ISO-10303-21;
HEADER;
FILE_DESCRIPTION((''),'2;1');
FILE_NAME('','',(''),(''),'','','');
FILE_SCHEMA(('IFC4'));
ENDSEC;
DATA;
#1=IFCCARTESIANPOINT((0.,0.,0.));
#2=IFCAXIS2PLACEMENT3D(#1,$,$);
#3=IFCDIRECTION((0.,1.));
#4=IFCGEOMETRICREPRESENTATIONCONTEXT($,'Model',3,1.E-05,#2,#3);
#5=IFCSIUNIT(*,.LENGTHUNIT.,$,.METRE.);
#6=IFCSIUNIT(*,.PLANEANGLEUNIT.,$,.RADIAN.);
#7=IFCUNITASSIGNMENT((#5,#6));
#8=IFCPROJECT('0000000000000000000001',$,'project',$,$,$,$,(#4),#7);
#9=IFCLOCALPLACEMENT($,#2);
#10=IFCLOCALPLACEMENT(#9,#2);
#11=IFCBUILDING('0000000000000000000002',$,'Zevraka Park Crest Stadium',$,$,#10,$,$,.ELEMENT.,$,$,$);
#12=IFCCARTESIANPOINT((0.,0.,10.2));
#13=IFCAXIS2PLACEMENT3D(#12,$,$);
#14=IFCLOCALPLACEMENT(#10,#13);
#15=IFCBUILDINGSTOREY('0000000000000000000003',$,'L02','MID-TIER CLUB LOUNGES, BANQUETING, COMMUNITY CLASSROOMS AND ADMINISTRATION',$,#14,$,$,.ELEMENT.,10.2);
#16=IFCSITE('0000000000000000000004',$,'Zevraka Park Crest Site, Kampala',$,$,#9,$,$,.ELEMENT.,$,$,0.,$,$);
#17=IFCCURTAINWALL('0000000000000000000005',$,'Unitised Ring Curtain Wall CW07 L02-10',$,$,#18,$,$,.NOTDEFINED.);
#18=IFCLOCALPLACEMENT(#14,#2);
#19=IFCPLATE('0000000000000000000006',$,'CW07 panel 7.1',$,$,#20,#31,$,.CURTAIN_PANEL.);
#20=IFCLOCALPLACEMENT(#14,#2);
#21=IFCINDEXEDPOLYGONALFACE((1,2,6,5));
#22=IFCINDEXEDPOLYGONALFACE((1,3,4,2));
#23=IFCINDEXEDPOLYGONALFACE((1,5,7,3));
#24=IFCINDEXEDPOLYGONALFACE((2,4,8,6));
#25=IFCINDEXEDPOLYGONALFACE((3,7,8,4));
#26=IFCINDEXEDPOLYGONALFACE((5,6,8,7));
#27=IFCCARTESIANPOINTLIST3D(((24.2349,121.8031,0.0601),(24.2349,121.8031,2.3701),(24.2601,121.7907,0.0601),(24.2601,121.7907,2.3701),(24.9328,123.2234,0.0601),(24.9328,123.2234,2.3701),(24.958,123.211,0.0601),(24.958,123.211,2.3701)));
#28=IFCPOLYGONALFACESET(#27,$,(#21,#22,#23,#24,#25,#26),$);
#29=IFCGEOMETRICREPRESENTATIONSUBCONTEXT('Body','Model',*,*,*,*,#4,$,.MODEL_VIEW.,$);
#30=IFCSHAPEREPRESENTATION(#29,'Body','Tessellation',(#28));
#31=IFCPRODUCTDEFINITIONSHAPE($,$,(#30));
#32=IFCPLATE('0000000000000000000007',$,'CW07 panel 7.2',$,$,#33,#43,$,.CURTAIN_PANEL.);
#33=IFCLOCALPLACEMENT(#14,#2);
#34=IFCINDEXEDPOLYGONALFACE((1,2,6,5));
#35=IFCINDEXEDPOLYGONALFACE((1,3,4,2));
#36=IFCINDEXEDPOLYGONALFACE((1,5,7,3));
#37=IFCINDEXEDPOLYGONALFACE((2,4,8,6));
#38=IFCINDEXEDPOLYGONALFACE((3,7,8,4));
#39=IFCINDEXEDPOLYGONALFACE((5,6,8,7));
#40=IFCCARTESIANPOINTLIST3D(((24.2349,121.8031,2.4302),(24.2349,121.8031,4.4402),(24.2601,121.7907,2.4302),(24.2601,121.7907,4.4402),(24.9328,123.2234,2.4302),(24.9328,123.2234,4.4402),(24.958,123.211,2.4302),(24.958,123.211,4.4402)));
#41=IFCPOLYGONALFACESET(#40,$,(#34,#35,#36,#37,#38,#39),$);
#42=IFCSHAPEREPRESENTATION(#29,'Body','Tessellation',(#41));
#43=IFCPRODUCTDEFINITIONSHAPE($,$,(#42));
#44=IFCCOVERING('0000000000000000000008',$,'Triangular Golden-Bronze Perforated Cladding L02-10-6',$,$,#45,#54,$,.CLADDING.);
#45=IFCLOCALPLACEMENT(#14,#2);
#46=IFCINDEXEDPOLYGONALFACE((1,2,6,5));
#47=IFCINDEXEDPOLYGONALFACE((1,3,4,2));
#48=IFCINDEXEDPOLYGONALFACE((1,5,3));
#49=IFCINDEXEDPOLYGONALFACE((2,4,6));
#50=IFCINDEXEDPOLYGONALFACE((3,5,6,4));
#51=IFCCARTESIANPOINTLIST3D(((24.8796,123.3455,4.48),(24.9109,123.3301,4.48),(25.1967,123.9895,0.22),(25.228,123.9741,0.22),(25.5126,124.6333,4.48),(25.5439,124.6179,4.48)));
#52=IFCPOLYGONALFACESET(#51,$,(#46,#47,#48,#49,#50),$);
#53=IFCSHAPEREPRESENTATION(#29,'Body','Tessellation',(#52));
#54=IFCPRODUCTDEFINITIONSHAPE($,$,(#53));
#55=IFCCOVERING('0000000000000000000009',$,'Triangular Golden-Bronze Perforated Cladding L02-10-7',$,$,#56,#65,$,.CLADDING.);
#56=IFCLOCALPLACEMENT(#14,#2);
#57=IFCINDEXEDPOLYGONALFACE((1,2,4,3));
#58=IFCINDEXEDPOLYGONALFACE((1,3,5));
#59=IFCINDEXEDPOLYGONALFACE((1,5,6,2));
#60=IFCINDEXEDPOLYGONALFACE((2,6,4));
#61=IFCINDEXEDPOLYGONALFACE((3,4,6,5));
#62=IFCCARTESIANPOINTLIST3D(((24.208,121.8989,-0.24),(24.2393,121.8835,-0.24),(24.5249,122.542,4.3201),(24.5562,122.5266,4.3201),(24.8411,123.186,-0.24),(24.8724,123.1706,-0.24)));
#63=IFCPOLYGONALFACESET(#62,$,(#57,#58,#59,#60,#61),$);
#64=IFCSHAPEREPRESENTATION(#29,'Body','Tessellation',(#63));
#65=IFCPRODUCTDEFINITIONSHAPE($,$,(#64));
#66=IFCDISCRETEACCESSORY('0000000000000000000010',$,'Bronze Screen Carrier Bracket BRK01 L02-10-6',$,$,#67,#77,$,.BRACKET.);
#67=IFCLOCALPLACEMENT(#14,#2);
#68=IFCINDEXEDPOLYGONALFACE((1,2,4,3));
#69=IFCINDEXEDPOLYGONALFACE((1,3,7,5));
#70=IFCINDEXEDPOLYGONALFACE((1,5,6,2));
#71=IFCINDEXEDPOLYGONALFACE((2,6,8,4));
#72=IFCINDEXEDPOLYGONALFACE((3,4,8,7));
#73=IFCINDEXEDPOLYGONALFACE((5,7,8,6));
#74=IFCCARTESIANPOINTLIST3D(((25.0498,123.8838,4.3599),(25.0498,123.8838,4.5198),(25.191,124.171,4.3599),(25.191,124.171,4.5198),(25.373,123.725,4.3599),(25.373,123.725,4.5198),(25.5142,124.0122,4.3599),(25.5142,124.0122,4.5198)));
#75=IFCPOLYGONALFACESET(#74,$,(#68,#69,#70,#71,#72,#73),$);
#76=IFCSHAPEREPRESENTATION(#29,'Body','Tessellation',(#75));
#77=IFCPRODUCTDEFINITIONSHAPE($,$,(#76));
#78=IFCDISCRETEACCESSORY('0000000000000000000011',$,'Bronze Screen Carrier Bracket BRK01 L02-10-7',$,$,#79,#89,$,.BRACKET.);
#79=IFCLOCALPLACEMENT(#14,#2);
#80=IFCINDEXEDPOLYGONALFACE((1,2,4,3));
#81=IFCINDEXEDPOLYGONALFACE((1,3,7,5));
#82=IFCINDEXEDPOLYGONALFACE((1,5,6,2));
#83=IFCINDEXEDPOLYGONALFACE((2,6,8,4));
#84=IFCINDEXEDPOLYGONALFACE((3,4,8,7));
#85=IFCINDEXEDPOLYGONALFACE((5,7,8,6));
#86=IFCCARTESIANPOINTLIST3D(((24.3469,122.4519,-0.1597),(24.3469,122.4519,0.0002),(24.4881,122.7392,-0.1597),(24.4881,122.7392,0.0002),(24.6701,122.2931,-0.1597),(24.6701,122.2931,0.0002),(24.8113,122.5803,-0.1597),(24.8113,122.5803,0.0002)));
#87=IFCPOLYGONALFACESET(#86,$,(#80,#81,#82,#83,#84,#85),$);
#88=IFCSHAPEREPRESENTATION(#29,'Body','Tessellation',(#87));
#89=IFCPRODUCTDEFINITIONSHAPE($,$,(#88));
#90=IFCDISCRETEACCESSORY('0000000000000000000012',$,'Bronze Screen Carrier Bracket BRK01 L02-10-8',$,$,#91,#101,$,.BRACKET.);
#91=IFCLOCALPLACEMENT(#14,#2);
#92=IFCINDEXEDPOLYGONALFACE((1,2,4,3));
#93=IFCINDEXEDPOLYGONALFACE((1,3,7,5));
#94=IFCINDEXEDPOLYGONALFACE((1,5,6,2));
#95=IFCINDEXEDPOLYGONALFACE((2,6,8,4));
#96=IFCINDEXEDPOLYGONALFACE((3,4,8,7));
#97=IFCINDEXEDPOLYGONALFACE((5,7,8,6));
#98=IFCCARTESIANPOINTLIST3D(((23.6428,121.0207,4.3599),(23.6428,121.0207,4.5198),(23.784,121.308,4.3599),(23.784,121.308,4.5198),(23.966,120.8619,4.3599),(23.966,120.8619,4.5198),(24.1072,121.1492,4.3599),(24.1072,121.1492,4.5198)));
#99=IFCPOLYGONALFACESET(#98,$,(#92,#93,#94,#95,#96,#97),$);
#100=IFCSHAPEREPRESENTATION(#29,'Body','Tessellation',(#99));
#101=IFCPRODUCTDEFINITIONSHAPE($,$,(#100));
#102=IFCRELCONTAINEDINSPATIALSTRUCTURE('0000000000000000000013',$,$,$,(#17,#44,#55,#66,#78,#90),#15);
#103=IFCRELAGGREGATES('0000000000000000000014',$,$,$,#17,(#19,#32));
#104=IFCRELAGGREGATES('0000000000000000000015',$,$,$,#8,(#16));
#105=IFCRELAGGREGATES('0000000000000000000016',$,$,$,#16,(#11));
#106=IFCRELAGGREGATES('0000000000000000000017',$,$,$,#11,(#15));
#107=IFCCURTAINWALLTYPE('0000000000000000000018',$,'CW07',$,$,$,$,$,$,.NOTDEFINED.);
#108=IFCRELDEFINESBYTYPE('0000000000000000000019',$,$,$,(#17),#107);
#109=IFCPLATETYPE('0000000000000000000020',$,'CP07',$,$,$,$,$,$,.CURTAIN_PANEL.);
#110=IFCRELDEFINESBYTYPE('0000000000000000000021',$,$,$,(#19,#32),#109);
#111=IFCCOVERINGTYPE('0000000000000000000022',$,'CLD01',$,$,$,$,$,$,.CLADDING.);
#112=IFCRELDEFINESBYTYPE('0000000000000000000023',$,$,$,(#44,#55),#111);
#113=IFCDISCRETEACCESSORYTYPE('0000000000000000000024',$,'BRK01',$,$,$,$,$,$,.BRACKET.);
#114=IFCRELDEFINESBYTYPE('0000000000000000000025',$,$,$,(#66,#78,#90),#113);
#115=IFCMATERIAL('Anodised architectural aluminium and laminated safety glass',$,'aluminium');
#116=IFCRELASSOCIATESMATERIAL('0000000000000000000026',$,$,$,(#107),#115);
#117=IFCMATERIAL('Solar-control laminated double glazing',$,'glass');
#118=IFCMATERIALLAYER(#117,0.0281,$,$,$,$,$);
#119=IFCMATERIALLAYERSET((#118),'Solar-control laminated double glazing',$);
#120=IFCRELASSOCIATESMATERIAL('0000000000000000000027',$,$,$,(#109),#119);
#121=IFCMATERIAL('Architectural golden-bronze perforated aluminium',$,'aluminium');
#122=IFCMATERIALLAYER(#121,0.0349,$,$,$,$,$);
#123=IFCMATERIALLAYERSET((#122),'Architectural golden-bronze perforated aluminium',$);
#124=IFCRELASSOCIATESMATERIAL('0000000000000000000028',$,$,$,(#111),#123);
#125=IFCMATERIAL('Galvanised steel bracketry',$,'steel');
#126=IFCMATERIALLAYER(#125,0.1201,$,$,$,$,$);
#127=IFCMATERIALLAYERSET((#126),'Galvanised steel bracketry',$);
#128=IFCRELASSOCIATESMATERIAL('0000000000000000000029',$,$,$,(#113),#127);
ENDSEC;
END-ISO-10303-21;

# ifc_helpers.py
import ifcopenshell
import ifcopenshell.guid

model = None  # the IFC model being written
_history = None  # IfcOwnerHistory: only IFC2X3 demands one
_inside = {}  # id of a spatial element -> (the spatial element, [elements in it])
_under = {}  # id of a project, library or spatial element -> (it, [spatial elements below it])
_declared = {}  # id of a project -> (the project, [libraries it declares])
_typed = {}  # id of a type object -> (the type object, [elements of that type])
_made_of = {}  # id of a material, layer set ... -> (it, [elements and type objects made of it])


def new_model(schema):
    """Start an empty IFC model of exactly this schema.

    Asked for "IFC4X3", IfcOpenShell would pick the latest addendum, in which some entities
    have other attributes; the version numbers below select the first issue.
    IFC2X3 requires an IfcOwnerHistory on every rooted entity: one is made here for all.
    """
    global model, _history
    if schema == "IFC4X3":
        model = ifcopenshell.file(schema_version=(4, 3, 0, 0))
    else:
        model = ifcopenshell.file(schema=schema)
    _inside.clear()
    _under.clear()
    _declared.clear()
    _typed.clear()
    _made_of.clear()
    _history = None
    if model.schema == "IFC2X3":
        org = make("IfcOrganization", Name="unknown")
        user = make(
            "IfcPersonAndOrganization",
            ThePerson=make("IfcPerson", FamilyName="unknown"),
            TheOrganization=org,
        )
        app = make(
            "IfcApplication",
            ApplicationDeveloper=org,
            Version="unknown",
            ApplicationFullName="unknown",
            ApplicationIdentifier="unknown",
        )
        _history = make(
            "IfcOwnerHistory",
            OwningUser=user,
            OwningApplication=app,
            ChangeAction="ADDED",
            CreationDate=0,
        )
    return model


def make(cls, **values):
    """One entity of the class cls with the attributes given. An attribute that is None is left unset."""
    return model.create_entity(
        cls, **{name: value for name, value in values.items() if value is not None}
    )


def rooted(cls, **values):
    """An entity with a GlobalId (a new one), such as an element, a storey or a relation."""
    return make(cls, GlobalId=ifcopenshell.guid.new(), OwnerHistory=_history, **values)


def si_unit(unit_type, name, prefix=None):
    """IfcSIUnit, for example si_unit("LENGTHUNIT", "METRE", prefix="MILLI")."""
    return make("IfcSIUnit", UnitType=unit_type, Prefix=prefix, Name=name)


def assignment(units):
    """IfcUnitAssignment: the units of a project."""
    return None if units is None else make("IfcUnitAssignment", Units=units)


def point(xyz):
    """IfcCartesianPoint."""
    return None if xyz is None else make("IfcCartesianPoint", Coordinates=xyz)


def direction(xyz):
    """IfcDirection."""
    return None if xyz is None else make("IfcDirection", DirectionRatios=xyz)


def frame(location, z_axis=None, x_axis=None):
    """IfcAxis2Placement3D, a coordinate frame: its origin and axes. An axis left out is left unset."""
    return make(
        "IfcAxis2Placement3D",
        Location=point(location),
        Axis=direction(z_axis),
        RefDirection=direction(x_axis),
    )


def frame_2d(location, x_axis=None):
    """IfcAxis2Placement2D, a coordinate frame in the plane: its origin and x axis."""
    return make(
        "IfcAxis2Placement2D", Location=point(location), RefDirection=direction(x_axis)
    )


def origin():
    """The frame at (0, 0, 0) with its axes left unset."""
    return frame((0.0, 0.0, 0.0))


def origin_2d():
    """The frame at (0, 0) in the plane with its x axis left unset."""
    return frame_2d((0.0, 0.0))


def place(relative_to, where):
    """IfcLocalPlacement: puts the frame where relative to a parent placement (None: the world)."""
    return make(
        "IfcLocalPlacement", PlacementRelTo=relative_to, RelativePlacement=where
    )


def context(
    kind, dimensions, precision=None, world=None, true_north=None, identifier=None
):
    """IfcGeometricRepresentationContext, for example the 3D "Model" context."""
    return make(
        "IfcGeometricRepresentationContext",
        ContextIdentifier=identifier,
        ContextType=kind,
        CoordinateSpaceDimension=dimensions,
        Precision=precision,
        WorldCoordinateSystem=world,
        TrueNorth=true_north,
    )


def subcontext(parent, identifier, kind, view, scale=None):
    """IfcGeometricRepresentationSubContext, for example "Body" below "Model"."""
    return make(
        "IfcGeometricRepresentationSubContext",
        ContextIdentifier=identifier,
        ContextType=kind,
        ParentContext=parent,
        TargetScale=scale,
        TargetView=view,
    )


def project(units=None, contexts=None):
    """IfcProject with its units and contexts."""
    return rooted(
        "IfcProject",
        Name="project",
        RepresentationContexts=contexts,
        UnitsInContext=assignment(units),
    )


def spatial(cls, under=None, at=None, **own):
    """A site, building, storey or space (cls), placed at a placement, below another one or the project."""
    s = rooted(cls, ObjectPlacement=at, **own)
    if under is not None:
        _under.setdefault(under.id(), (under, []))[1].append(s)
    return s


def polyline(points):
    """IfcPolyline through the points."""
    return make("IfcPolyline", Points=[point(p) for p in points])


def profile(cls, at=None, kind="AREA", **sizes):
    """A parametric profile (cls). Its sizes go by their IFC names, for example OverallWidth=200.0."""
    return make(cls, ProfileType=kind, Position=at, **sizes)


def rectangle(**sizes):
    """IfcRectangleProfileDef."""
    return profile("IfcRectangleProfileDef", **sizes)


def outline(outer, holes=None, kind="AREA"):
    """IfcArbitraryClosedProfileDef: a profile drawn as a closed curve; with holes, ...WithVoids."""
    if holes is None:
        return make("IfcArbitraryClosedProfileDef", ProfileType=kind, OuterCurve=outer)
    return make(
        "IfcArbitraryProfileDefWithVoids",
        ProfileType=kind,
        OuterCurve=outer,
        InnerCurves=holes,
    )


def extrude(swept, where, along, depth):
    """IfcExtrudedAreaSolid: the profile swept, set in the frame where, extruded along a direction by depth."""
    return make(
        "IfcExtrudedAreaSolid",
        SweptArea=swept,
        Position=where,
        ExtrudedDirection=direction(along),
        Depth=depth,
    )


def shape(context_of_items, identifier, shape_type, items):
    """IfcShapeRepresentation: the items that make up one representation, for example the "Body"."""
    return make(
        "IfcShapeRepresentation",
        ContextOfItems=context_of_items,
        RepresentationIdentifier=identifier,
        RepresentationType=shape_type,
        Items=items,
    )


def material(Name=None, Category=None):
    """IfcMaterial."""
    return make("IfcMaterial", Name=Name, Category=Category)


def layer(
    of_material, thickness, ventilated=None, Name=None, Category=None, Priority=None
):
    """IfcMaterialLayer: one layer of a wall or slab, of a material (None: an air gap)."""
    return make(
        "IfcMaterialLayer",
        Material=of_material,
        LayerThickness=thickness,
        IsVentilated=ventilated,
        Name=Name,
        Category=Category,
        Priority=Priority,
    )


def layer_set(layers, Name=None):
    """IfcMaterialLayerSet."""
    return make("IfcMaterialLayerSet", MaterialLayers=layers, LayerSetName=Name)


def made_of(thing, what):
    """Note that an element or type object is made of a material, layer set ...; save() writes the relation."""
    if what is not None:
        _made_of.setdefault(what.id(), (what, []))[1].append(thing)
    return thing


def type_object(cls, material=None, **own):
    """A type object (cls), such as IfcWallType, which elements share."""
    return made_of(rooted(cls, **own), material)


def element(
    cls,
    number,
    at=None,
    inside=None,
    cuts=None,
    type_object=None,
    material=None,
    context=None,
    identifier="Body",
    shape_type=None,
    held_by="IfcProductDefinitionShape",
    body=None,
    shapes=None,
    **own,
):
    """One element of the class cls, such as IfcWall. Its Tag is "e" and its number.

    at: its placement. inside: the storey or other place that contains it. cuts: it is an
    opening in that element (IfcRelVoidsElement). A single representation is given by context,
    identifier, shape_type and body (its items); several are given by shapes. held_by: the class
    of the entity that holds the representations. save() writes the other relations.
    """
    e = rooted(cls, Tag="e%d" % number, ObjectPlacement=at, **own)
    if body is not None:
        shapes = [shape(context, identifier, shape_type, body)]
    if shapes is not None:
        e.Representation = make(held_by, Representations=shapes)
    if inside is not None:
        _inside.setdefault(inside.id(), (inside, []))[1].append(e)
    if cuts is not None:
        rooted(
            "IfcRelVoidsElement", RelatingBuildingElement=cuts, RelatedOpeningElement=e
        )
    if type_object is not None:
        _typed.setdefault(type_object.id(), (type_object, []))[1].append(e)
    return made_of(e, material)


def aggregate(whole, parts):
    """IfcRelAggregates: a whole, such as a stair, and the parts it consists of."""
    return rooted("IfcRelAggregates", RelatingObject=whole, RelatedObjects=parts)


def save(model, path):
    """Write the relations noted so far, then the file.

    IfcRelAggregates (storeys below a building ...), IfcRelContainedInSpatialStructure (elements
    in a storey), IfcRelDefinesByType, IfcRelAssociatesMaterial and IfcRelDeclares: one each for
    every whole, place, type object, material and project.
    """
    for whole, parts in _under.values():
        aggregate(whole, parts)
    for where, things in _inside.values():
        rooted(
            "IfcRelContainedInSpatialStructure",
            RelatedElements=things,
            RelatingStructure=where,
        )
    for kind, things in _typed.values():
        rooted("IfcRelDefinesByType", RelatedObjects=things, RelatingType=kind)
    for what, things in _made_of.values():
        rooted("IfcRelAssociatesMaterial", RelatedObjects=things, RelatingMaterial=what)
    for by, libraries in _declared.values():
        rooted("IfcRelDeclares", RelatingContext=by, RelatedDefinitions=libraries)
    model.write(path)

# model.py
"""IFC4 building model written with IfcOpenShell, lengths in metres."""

from ifc_helpers import new_model, si_unit, direction, frame, origin, origin_2d, place, context, subcontext, project, spatial, polyline, rectangle, outline, extrude, material, layer, layer_set, type_object, element, aggregate, save


model = new_model("IFC4")

# Units and contexts
model_context = context("Model", 3, precision=1e-05, world=origin(), true_north=direction((0.0, 1.0)))
body_context = subcontext(model_context, "Body", "Model", "MODEL_VIEW")
ifc_project = project(units=[si_unit("LENGTHUNIT", "METRE"), si_unit("PLANEANGLEUNIT", "RADIAN")], contexts=[model_context])

# Site, building, storey
site_placement = place(None, origin())
site = spatial("IfcSite", under=ifc_project, at=site_placement, Name="Zevraka Park Crest Site, Kampala", CompositionType="ELEMENT", RefElevation=0.0)
building_placement = place(site_placement, origin())
building = spatial("IfcBuilding", under=site, at=building_placement, Name="Zevraka Park Crest Stadium", CompositionType="ELEMENT")
storey_placement = place(building_placement, frame((0.0, 0.0, 10.2)))
storey = spatial("IfcBuildingStorey", under=building, at=storey_placement, Name="L02", Description="MID-TIER CLUB LOUNGES, BANQUETING, COMMUNITY CLASSROOMS AND ADMINISTRATION", CompositionType="ELEMENT", Elevation=10.2)

# Curtain wall, plates
ifc_material_1 = material(Name="Anodised architectural aluminium and laminated safety glass", Category="aluminium")
curtain_wall_type = type_object("IfcCurtainWallType", Name="CW07", PredefinedType="NOTDEFINED", material=ifc_material_1)
curtain_wall_placement = place(storey_placement, origin())
curtain_wall = element("IfcCurtainWall", 1, at=curtain_wall_placement, inside=storey, type_object=curtain_wall_type, Name="Unitised Ring Curtain Wall CW07 L02-10", PredefinedType="NOTDEFINED")
ifc_material_2 = material(Name="Solar-control laminated double glazing", Category="glass")
ifc_layer_1 = layer(ifc_material_2, 0.0281)
ifc_layer_set_1 = layer_set([ifc_layer_1], Name="Solar-control laminated double glazing")
plate_type = type_object("IfcPlateType", Name="CP07", PredefinedType="CURTAIN_PANEL", material=ifc_layer_set_1)
plate_1_placement = place(storey_placement, frame((24.5964, 122.5071, 0.0601), z_axis=(0.0, 0.0, 1.0), x_axis=(-0.441021, -0.897497, 0.0)))
plate_1 = element("IfcPlate", 2, at=plate_1_placement, type_object=plate_type, Name="CW07 panel 7.1", PredefinedType="CURTAIN_PANEL", context=body_context, shape_type="SweptSolid", body=[
    extrude(rectangle(XDim=1.5825, YDim=0.0281, at=origin_2d()), origin(), (0.0, 0.0, 1.0), 2.3101),
])
plate_2_placement = place(storey_placement, frame((24.5964, 122.5071, 2.4302), z_axis=(0.0, 0.0, 1.0), x_axis=(-0.441021, -0.897497, 0.0)))
plate_2 = element("IfcPlate", 3, at=plate_2_placement, type_object=plate_type, Name="CW07 panel 7.2", PredefinedType="CURTAIN_PANEL", context=body_context, shape_type="SweptSolid", body=[
    extrude(rectangle(XDim=1.5825, YDim=0.0281, at=origin_2d()), origin(), (0.0, 0.0, 1.0), 2.01),
])
aggregate(curtain_wall, [plate_1, plate_2])

# Coverings
ifc_material_3 = material(Name="Architectural golden-bronze perforated aluminium", Category="aluminium")
ifc_layer_2 = layer(ifc_material_3, 0.0349)
ifc_layer_set_2 = layer_set([ifc_layer_2], Name="Architectural golden-bronze perforated aluminium")
covering_type = type_object("IfcCoveringType", Name="CLD01", PredefinedType="CLADDING", material=ifc_layer_set_2)
covering_1_placement = place(storey_placement, frame((24.9109, 123.3301, 4.48), z_axis=(0.897435, -0.441147, 0.000116), x_axis=(0.441147, 0.897435, 0.0)))
element("IfcCovering", 4, at=covering_1_placement, inside=storey, type_object=covering_type, Name="Triangular Golden-Bronze Perforated Cladding L02-10-6", PredefinedType="CLADDING", context=body_context, shape_type="SweptSolid", body=[
    extrude(outline(polyline([(0.0, 0.0), (1.435, 0.0), (0.7179, -4.26), (0.0, 0.0)])), origin(), (0.0, 0.0, -1.0), 0.0349),
])
covering_2_placement = place(storey_placement, frame((24.8411, 123.186, -0.24), z_axis=(-0.897336, 0.441349, 0.000119), x_axis=(-0.441349, -0.897336, 0.0)))
element("IfcCovering", 5, at=covering_2_placement, inside=storey, type_object=covering_type, Name="Triangular Golden-Bronze Perforated Cladding L02-10-7", PredefinedType="CLADDING", context=body_context, shape_type="SweptSolid", body=[
    extrude(outline(polyline([(0.0, 0.0), (1.4344, 0.0), (0.7175, 4.5601), (0.0, 0.0)])), origin(), (0.0, 0.0, -1.0), 0.0349),
])

# Discrete accessories
ifc_material_4 = material(Name="Galvanised steel bracketry", Category="steel")
ifc_layer_3 = layer(ifc_material_4, 0.1201)
ifc_layer_set_3 = layer_set([ifc_layer_3], Name="Galvanised steel bracketry")
discrete_accessory_type = type_object("IfcDiscreteAccessoryType", Name="BRK01", PredefinedType="BRACKET", material=ifc_layer_set_3)
for number, where, z_axis, x_axis, name in (
    (6, (25.282, 123.948, 4.3599), (0.0, 0.0, 1.0), (-0.441036, -0.897489, 0.0), "Bronze Screen Carrier Bracket BRK01 L02-10-6"),
    (7, (24.5791, 122.5161, -0.1597), (0.0, 0.0, 1.0), (-0.441036, -0.897489, 0.0), "Bronze Screen Carrier Bracket BRK01 L02-10-7"),
    (8, (23.875, 121.085, 4.3599), (0.0, 0.0, 1.0), (-0.441036, -0.897489, 0.0), "Bronze Screen Carrier Bracket BRK01 L02-10-8"),
):
    element("IfcDiscreteAccessory", number, at=place(storey_placement, frame(where, z_axis=z_axis, x_axis=x_axis)), inside=storey, type_object=discrete_accessory_type, Name=name, PredefinedType="BRACKET", context=body_context, shape_type="SweptSolid", body=[
        extrude(rectangle(XDim=0.3201, YDim=0.3601, at=origin_2d()), origin(), (0.0, 0.0, 1.0), 0.1599),
    ])

save(model, "model.ifc")
